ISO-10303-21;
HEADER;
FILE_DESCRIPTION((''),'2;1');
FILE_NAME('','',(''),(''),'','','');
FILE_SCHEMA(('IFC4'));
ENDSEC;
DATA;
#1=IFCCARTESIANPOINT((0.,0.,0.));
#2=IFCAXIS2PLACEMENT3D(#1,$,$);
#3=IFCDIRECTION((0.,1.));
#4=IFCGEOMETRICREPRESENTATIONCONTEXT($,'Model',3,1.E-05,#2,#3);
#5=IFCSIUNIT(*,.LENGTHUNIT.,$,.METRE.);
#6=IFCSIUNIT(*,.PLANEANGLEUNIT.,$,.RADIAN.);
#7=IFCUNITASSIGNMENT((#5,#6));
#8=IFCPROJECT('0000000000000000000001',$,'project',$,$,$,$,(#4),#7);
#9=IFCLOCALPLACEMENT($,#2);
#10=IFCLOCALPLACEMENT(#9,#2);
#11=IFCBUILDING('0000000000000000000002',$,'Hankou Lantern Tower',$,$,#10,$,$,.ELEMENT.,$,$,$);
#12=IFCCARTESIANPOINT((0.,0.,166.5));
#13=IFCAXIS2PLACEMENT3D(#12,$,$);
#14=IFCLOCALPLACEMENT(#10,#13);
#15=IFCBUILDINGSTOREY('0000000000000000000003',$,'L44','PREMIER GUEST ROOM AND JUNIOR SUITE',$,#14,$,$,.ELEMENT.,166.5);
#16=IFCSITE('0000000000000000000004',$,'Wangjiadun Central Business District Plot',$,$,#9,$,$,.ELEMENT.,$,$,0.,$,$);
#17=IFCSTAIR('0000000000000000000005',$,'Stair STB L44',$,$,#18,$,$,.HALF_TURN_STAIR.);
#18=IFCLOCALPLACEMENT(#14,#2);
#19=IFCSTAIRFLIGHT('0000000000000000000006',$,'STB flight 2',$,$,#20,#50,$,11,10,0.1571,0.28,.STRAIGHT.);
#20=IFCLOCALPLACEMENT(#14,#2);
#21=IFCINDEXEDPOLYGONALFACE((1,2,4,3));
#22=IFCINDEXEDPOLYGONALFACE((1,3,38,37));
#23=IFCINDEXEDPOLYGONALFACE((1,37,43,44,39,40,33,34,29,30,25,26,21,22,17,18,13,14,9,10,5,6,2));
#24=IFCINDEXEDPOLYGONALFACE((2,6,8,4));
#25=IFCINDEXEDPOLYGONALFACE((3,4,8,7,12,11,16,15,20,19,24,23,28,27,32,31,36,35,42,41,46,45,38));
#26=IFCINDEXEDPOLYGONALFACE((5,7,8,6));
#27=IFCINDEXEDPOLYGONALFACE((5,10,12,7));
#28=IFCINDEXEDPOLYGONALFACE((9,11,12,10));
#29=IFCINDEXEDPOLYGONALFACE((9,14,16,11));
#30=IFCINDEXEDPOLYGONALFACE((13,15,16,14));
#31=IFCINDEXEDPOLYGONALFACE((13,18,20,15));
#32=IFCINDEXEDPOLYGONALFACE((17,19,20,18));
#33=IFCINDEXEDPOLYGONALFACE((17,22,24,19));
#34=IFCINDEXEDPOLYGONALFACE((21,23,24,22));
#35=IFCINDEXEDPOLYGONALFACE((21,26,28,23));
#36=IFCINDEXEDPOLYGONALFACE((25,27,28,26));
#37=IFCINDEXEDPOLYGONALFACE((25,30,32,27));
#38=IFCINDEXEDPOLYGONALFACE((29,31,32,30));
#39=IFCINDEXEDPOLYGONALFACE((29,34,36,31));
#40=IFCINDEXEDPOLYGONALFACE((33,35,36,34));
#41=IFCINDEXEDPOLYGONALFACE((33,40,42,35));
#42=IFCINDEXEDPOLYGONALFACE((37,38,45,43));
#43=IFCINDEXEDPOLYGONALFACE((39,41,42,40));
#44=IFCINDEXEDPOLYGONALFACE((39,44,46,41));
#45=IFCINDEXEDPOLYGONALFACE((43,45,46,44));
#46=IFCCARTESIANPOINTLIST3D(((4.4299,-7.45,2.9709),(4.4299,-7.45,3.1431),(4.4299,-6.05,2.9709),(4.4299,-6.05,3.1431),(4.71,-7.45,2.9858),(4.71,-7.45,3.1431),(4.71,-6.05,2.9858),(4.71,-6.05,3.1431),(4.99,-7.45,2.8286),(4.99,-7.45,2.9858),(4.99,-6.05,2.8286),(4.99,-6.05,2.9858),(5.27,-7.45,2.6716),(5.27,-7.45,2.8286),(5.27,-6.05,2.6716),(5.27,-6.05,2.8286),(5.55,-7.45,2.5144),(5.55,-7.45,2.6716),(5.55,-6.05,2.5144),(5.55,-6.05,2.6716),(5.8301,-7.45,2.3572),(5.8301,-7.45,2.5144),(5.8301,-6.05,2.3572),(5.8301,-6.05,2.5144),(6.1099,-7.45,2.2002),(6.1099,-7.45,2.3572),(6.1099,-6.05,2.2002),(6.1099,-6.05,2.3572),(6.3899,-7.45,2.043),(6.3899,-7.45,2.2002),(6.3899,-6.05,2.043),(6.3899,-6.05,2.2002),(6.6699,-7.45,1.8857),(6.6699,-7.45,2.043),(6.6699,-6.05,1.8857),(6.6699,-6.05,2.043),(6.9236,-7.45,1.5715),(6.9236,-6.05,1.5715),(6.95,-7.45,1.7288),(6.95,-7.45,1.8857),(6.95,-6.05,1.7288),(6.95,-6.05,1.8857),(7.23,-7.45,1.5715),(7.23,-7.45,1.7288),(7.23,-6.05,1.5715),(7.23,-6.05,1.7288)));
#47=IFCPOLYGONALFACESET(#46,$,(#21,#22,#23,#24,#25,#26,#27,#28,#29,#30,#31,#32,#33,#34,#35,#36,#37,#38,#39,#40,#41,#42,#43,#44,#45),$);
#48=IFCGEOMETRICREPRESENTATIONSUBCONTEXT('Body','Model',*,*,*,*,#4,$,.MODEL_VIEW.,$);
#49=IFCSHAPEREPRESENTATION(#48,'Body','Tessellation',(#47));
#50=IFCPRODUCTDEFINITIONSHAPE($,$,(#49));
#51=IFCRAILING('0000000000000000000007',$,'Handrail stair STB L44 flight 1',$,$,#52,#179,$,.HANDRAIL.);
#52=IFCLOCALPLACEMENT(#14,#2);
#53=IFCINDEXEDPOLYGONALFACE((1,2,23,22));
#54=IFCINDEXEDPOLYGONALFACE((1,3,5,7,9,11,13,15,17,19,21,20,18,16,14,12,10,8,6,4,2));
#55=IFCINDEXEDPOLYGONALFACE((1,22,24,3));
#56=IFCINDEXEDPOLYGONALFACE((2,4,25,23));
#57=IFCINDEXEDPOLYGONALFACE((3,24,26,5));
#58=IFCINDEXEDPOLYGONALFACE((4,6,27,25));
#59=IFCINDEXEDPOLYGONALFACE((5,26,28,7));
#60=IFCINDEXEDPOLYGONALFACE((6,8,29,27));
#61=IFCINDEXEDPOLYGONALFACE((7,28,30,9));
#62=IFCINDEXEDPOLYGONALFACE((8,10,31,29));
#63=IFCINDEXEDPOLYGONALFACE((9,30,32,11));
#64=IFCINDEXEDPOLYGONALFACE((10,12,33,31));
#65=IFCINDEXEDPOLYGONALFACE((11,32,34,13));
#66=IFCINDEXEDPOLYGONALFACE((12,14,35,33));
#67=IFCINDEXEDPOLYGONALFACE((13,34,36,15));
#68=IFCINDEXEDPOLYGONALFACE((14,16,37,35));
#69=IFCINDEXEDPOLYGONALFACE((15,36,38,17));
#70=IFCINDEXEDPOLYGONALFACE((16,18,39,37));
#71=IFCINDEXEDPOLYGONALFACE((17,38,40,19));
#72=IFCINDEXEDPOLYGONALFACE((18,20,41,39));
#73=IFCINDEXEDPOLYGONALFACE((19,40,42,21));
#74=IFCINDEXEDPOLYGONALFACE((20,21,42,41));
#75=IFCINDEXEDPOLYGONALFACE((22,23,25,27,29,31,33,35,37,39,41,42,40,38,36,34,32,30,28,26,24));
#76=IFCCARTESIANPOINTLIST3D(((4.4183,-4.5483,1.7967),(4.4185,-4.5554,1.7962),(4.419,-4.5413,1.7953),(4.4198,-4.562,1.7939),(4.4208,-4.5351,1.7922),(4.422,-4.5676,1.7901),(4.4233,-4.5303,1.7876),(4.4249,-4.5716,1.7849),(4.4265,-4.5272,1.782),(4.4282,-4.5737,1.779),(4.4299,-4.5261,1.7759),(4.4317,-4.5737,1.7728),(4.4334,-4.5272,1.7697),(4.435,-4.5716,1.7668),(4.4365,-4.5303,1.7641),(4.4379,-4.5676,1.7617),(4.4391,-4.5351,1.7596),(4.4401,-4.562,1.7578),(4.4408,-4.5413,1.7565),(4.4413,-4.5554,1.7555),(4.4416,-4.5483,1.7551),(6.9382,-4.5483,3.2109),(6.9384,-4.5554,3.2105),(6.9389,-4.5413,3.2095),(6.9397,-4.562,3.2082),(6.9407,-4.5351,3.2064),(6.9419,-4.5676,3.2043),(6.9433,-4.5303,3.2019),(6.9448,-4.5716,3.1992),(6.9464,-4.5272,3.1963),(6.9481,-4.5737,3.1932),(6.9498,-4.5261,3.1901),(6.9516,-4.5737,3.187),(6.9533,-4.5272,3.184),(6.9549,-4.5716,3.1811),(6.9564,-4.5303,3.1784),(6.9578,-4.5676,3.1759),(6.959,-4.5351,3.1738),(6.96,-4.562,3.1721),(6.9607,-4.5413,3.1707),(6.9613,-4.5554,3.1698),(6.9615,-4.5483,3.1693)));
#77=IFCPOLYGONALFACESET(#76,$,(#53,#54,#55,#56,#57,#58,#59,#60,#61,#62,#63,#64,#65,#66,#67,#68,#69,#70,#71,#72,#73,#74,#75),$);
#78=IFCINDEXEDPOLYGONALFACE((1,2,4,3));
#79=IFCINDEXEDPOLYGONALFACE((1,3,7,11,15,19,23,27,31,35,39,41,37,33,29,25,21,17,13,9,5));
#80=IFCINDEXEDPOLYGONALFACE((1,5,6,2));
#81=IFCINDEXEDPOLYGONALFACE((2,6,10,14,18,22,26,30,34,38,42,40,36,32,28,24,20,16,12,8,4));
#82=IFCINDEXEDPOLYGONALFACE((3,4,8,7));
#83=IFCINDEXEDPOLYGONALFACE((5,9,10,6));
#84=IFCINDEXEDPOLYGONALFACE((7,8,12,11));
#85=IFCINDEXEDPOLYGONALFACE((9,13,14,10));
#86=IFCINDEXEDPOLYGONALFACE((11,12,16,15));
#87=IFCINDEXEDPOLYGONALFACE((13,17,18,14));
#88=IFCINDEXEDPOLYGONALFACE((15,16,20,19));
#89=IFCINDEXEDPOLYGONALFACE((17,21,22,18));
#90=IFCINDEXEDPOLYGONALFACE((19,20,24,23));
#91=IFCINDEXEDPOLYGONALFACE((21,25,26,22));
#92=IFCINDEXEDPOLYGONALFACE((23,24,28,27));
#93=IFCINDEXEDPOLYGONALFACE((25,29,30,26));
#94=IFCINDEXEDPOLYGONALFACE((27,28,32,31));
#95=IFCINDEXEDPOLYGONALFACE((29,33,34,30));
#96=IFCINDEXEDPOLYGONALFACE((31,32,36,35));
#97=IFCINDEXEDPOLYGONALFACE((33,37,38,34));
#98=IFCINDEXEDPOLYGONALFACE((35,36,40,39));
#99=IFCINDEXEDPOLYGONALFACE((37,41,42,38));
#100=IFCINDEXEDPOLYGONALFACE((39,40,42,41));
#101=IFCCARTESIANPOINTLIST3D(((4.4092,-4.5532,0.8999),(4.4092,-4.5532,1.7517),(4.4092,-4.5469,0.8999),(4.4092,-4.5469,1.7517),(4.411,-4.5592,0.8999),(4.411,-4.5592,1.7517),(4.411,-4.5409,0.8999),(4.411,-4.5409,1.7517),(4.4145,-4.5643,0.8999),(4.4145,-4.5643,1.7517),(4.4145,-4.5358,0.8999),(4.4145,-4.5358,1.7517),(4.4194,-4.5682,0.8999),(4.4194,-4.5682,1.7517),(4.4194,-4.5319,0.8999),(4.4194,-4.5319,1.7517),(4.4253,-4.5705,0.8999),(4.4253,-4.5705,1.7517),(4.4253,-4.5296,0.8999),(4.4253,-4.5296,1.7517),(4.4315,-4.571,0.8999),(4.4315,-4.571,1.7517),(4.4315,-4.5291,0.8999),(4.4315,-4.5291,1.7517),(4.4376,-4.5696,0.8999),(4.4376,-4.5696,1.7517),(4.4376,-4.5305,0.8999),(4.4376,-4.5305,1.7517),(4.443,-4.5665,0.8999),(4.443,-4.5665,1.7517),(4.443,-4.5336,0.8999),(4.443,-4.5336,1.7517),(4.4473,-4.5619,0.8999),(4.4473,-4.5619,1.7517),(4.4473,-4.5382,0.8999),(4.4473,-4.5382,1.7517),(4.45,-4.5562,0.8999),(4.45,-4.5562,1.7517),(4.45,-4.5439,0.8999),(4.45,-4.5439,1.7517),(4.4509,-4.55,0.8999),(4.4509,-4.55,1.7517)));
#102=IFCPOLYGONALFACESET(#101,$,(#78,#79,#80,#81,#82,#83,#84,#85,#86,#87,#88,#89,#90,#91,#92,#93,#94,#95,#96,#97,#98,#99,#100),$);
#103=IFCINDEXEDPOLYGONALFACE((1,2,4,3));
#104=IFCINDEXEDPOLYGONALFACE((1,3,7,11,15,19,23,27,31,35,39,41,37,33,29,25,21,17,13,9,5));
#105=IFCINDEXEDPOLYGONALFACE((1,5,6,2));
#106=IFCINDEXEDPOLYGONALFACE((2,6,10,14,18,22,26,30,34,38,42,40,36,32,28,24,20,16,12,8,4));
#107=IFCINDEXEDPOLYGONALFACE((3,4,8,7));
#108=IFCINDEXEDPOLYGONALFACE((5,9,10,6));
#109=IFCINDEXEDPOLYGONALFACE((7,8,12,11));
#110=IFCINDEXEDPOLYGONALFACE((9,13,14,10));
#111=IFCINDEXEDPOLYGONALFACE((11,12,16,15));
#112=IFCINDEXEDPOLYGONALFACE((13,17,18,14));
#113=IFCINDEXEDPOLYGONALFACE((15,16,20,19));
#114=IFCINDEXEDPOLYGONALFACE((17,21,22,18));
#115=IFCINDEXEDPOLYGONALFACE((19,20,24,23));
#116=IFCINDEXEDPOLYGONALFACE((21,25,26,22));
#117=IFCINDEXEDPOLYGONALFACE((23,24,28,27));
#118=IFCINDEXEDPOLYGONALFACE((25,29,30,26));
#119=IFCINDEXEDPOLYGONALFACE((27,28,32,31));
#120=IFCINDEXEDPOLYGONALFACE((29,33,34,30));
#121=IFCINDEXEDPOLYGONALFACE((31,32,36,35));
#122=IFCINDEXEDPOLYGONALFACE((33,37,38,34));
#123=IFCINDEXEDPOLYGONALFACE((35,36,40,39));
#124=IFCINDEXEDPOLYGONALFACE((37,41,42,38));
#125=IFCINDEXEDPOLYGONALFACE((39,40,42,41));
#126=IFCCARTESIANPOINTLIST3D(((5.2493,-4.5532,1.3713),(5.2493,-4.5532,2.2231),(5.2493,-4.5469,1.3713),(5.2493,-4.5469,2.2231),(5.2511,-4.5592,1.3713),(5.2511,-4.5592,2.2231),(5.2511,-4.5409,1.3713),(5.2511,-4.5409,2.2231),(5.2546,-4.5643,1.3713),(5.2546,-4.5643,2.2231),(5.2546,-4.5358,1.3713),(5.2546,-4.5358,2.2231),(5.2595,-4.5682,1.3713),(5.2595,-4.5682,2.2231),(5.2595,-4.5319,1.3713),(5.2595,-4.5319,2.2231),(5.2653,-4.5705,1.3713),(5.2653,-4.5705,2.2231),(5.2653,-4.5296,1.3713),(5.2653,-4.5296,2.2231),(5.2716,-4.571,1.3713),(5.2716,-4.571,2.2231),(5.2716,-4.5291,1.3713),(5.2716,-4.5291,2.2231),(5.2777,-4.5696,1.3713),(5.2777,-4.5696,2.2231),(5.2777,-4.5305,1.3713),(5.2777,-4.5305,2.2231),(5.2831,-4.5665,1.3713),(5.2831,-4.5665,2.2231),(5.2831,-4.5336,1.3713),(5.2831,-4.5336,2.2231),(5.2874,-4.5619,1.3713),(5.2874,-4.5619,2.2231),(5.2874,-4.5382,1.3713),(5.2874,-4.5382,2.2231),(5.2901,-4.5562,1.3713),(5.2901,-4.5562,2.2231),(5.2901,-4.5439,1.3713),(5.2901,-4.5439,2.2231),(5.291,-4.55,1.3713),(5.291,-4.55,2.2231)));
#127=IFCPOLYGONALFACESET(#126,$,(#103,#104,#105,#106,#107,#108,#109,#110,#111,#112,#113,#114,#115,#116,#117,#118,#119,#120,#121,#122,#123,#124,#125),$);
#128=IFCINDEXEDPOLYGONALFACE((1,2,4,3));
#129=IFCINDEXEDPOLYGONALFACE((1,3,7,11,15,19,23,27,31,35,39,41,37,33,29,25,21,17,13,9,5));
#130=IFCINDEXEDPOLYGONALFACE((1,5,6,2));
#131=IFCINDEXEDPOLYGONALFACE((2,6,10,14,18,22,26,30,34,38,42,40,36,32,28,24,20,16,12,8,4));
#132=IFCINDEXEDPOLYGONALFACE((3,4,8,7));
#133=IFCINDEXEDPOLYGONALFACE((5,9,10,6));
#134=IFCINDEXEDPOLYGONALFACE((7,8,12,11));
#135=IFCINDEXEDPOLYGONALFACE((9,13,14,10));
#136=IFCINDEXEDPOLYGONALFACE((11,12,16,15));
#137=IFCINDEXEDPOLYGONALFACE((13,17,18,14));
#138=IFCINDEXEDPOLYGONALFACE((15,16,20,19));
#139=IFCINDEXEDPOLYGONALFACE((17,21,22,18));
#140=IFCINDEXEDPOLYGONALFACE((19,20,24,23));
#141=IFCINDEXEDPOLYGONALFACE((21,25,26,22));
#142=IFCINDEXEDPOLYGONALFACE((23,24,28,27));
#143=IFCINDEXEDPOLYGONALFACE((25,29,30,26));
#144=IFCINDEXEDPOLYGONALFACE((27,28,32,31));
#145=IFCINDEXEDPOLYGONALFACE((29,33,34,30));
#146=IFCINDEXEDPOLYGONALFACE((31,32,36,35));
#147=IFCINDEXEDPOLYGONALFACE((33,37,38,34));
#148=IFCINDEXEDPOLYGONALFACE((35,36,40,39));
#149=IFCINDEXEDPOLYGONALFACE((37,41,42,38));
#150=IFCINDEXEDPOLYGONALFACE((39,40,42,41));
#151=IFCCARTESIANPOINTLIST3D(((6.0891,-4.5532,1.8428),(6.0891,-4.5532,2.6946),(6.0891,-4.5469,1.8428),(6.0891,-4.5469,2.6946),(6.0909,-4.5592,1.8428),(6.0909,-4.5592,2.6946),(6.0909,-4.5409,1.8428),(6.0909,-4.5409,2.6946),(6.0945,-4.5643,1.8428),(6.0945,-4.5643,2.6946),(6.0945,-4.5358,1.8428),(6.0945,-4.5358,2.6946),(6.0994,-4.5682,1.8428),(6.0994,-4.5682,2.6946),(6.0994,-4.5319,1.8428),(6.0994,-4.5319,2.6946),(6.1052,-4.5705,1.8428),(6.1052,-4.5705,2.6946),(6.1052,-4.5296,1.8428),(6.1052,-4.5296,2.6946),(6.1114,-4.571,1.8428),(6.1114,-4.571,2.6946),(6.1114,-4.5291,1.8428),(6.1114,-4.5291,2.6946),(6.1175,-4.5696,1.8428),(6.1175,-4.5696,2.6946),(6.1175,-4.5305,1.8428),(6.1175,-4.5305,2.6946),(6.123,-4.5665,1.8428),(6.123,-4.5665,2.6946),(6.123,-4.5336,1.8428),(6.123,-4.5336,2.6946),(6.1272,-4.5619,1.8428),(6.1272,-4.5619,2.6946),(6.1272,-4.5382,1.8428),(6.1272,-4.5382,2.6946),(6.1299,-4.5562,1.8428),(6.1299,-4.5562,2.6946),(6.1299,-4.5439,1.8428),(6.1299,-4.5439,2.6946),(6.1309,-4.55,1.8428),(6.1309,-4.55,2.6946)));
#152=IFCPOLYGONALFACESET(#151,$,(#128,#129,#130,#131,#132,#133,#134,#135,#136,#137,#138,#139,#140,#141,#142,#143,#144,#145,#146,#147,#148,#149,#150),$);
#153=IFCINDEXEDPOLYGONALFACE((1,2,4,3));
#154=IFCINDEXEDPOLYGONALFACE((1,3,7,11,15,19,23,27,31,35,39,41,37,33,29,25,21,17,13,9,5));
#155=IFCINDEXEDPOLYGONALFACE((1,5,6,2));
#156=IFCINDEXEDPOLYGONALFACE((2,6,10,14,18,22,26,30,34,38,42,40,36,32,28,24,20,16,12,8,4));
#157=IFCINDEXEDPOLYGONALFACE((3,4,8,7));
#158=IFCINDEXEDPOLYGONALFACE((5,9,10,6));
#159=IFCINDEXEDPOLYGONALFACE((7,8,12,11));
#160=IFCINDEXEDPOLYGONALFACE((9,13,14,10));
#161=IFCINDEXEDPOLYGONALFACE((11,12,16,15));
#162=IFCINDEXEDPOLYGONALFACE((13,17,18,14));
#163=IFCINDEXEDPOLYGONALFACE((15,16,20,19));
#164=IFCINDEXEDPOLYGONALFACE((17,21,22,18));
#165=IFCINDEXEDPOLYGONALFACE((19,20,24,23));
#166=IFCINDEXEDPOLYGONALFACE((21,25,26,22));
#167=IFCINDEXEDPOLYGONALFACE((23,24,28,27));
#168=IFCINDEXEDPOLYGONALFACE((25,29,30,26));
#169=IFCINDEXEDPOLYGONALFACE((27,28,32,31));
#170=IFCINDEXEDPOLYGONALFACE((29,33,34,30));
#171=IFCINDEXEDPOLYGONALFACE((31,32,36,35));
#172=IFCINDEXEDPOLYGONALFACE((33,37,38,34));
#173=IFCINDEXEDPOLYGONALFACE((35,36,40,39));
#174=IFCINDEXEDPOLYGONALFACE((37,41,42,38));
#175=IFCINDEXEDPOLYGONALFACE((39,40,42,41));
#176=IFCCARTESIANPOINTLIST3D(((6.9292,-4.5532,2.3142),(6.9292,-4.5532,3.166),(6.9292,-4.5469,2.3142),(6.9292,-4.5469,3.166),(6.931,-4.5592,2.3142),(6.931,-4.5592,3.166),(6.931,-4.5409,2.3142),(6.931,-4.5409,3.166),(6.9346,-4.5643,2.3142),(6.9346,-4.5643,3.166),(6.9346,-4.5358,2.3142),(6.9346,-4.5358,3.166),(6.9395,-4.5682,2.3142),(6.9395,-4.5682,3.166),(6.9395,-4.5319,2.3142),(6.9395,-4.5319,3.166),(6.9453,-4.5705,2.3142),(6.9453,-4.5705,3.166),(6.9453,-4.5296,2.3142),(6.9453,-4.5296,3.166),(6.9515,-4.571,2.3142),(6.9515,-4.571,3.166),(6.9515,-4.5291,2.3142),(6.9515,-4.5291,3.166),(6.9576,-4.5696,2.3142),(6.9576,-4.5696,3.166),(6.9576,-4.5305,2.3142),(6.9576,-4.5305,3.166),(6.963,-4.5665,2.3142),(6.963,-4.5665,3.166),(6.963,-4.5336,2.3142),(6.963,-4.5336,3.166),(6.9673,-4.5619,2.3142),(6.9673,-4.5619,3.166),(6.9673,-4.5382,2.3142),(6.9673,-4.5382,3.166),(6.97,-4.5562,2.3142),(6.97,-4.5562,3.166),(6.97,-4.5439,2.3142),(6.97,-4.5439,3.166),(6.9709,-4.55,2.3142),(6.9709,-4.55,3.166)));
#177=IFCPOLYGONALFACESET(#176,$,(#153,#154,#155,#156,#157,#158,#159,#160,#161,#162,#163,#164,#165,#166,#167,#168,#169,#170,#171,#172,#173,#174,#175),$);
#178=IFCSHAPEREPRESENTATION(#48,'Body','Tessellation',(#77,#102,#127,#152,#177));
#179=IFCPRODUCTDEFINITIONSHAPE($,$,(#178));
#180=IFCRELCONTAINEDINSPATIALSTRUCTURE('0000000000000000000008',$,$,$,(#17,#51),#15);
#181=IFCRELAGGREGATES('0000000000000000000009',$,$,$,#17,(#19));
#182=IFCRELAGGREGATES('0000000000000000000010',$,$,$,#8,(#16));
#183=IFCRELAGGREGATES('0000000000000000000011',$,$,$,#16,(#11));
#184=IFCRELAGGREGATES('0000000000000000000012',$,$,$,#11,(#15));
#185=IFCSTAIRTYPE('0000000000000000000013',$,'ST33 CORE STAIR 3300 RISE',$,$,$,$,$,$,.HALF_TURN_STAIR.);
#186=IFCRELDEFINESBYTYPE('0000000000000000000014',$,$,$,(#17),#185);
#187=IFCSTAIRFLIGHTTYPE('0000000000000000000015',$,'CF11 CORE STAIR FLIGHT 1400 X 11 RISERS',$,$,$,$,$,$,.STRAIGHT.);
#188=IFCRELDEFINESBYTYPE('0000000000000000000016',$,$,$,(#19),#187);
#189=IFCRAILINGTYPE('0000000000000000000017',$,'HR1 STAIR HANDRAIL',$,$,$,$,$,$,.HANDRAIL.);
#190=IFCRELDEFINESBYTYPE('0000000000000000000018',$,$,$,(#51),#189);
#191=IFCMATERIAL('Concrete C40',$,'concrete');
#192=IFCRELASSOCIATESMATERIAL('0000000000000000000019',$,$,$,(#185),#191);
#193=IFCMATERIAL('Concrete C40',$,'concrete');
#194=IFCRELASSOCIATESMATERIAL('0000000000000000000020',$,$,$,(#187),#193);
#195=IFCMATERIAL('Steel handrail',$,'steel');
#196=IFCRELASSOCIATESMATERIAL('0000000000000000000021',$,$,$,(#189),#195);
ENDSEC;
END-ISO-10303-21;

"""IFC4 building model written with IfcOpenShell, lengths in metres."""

from ifc_helpers import new_model, si_unit, direction, frame, origin, origin_2d, place, context, subcontext, project, spatial, polyline, circle, outline, extrude, material, type_object, element, aggregate, save


model = new_model("IFC4")

# Units and contexts
model_context = context("Model", 3, precision=1e-05, world=origin(), true_north=direction((0.0, 1.0)))
body_context = subcontext(model_context, "Body", "Model", "MODEL_VIEW")
ifc_project = project(units=[si_unit("LENGTHUNIT", "METRE"), si_unit("PLANEANGLEUNIT", "RADIAN")], contexts=[model_context])

# Site, building, storey
site_placement = place(None, origin())
site = spatial("IfcSite", under=ifc_project, at=site_placement, Name="Wangjiadun Central Business District Plot", CompositionType="ELEMENT", RefElevation=0.0)
building_placement = place(site_placement, origin())
building = spatial("IfcBuilding", under=site, at=building_placement, Name="Hankou Lantern Tower", CompositionType="ELEMENT")
storey_placement = place(building_placement, frame((0.0, 0.0, 166.5)))
storey = spatial("IfcBuildingStorey", under=building, at=storey_placement, Name="L44", Description="PREMIER GUEST ROOM AND JUNIOR SUITE", CompositionType="ELEMENT", Elevation=166.5)

# Stair, stair flight
ifc_material_1 = material(Name="Concrete C40", Category="concrete")
stair_type = type_object("IfcStairType", Name="ST33 CORE STAIR 3300 RISE", PredefinedType="HALF_TURN_STAIR", material=ifc_material_1)
stair_placement = place(storey_placement, origin())
stair = element("IfcStair", 1, at=stair_placement, inside=storey, type_object=stair_type, Name="Stair STB L44", PredefinedType="HALF_TURN_STAIR")
ifc_material_2 = material(Name="Concrete C40", Category="concrete")
stair_flight_type_1 = type_object("IfcStairFlightType", Name="CF11 CORE STAIR FLIGHT 1400 X 11 RISERS", PredefinedType="STRAIGHT", material=ifc_material_2)
stair_flight_1_placement = place(storey_placement, frame((7.23, -6.75, 1.5715), z_axis=(0.0, 0.0, 1.0), x_axis=(-1.0, 0.0, 0.0)))
stair_flight_1 = element("IfcStairFlight", 2, at=stair_flight_1_placement, type_object=stair_flight_type_1, Name="STB flight 2", NumberOfRisers=11, NumberOfTreads=10, PredefinedType="STRAIGHT", RiserHeight=0.1571, TreadLength=0.28, context=body_context, shape_type="SweptSolid", body=[
    extrude(outline(polyline([(0.0, 0.0), (0.0, 0.1572), (0.28, 0.1572), (0.28, 0.3142), (0.5601, 0.3142), (0.5601, 0.4714), (0.8401, 0.4714), (0.8401, 0.6287), (1.1201, 0.6287), (1.1201, 0.7856), (1.3999, 0.7856), (1.3999, 0.9429), (1.6799, 0.9429), (1.6799, 1.1001), (1.96, 1.1001), (1.96, 1.2571), (2.24, 1.2571), (2.24, 1.4143), (2.52, 1.4143), (2.52, 1.5715), (2.8, 1.5715), (2.8, 1.7285), (2.8, 1.3994), (0.3064, 0.0), (0.0, 0.0)])), frame((0.0, 0.7, 0.0), z_axis=(0.0, -1.0, 0.0), x_axis=(1.0, 0.0, 0.0)), (0.0, 0.0, 1.0), 1.3999),
])
aggregate(stair, [stair_flight_1])

# Railing
ifc_material_3 = material(Name="Steel handrail", Category="steel")
railing_type = type_object("IfcRailingType", Name="HR1 STAIR HANDRAIL", PredefinedType="HANDRAIL", material=ifc_material_3)
railing_1_placement = place(storey_placement, frame((4.4299, -4.55, 0.8999)))
element("IfcRailing", 3, at=railing_1_placement, inside=storey, type_object=railing_type, Name="Handrail stair STB L44 flight 1", PredefinedType="HANDRAIL", context=body_context, shape_type="SweptSolid", body=[
    extrude(circle(Radius=0.0239, at=origin_2d()), frame((0.0, 0.0, 0.876), z_axis=(0.872049, 0.0, 0.489419), x_axis=(0.0, 1.0, 0.0)), (0.0, 0.0, 1.0), 2.8896),
    extrude(circle(Radius=0.021, at=origin_2d()), origin(), (0.0, 0.0, 1.0), 0.8518),
    extrude(circle(Radius=0.021, at=origin_2d()), frame((0.8401, 0.0, 0.4714)), (0.0, 0.0, 1.0), 0.8518),
    extrude(circle(Radius=0.021, at=origin_2d()), frame((1.6799, 0.0, 0.9429)), (0.0, 0.0, 1.0), 0.8518),
    extrude(circle(Radius=0.021, at=origin_2d()), frame((2.52, 0.0, 1.4143)), (0.0, 0.0, 1.0), 0.8518),
])

save(model, "model.ifc")
